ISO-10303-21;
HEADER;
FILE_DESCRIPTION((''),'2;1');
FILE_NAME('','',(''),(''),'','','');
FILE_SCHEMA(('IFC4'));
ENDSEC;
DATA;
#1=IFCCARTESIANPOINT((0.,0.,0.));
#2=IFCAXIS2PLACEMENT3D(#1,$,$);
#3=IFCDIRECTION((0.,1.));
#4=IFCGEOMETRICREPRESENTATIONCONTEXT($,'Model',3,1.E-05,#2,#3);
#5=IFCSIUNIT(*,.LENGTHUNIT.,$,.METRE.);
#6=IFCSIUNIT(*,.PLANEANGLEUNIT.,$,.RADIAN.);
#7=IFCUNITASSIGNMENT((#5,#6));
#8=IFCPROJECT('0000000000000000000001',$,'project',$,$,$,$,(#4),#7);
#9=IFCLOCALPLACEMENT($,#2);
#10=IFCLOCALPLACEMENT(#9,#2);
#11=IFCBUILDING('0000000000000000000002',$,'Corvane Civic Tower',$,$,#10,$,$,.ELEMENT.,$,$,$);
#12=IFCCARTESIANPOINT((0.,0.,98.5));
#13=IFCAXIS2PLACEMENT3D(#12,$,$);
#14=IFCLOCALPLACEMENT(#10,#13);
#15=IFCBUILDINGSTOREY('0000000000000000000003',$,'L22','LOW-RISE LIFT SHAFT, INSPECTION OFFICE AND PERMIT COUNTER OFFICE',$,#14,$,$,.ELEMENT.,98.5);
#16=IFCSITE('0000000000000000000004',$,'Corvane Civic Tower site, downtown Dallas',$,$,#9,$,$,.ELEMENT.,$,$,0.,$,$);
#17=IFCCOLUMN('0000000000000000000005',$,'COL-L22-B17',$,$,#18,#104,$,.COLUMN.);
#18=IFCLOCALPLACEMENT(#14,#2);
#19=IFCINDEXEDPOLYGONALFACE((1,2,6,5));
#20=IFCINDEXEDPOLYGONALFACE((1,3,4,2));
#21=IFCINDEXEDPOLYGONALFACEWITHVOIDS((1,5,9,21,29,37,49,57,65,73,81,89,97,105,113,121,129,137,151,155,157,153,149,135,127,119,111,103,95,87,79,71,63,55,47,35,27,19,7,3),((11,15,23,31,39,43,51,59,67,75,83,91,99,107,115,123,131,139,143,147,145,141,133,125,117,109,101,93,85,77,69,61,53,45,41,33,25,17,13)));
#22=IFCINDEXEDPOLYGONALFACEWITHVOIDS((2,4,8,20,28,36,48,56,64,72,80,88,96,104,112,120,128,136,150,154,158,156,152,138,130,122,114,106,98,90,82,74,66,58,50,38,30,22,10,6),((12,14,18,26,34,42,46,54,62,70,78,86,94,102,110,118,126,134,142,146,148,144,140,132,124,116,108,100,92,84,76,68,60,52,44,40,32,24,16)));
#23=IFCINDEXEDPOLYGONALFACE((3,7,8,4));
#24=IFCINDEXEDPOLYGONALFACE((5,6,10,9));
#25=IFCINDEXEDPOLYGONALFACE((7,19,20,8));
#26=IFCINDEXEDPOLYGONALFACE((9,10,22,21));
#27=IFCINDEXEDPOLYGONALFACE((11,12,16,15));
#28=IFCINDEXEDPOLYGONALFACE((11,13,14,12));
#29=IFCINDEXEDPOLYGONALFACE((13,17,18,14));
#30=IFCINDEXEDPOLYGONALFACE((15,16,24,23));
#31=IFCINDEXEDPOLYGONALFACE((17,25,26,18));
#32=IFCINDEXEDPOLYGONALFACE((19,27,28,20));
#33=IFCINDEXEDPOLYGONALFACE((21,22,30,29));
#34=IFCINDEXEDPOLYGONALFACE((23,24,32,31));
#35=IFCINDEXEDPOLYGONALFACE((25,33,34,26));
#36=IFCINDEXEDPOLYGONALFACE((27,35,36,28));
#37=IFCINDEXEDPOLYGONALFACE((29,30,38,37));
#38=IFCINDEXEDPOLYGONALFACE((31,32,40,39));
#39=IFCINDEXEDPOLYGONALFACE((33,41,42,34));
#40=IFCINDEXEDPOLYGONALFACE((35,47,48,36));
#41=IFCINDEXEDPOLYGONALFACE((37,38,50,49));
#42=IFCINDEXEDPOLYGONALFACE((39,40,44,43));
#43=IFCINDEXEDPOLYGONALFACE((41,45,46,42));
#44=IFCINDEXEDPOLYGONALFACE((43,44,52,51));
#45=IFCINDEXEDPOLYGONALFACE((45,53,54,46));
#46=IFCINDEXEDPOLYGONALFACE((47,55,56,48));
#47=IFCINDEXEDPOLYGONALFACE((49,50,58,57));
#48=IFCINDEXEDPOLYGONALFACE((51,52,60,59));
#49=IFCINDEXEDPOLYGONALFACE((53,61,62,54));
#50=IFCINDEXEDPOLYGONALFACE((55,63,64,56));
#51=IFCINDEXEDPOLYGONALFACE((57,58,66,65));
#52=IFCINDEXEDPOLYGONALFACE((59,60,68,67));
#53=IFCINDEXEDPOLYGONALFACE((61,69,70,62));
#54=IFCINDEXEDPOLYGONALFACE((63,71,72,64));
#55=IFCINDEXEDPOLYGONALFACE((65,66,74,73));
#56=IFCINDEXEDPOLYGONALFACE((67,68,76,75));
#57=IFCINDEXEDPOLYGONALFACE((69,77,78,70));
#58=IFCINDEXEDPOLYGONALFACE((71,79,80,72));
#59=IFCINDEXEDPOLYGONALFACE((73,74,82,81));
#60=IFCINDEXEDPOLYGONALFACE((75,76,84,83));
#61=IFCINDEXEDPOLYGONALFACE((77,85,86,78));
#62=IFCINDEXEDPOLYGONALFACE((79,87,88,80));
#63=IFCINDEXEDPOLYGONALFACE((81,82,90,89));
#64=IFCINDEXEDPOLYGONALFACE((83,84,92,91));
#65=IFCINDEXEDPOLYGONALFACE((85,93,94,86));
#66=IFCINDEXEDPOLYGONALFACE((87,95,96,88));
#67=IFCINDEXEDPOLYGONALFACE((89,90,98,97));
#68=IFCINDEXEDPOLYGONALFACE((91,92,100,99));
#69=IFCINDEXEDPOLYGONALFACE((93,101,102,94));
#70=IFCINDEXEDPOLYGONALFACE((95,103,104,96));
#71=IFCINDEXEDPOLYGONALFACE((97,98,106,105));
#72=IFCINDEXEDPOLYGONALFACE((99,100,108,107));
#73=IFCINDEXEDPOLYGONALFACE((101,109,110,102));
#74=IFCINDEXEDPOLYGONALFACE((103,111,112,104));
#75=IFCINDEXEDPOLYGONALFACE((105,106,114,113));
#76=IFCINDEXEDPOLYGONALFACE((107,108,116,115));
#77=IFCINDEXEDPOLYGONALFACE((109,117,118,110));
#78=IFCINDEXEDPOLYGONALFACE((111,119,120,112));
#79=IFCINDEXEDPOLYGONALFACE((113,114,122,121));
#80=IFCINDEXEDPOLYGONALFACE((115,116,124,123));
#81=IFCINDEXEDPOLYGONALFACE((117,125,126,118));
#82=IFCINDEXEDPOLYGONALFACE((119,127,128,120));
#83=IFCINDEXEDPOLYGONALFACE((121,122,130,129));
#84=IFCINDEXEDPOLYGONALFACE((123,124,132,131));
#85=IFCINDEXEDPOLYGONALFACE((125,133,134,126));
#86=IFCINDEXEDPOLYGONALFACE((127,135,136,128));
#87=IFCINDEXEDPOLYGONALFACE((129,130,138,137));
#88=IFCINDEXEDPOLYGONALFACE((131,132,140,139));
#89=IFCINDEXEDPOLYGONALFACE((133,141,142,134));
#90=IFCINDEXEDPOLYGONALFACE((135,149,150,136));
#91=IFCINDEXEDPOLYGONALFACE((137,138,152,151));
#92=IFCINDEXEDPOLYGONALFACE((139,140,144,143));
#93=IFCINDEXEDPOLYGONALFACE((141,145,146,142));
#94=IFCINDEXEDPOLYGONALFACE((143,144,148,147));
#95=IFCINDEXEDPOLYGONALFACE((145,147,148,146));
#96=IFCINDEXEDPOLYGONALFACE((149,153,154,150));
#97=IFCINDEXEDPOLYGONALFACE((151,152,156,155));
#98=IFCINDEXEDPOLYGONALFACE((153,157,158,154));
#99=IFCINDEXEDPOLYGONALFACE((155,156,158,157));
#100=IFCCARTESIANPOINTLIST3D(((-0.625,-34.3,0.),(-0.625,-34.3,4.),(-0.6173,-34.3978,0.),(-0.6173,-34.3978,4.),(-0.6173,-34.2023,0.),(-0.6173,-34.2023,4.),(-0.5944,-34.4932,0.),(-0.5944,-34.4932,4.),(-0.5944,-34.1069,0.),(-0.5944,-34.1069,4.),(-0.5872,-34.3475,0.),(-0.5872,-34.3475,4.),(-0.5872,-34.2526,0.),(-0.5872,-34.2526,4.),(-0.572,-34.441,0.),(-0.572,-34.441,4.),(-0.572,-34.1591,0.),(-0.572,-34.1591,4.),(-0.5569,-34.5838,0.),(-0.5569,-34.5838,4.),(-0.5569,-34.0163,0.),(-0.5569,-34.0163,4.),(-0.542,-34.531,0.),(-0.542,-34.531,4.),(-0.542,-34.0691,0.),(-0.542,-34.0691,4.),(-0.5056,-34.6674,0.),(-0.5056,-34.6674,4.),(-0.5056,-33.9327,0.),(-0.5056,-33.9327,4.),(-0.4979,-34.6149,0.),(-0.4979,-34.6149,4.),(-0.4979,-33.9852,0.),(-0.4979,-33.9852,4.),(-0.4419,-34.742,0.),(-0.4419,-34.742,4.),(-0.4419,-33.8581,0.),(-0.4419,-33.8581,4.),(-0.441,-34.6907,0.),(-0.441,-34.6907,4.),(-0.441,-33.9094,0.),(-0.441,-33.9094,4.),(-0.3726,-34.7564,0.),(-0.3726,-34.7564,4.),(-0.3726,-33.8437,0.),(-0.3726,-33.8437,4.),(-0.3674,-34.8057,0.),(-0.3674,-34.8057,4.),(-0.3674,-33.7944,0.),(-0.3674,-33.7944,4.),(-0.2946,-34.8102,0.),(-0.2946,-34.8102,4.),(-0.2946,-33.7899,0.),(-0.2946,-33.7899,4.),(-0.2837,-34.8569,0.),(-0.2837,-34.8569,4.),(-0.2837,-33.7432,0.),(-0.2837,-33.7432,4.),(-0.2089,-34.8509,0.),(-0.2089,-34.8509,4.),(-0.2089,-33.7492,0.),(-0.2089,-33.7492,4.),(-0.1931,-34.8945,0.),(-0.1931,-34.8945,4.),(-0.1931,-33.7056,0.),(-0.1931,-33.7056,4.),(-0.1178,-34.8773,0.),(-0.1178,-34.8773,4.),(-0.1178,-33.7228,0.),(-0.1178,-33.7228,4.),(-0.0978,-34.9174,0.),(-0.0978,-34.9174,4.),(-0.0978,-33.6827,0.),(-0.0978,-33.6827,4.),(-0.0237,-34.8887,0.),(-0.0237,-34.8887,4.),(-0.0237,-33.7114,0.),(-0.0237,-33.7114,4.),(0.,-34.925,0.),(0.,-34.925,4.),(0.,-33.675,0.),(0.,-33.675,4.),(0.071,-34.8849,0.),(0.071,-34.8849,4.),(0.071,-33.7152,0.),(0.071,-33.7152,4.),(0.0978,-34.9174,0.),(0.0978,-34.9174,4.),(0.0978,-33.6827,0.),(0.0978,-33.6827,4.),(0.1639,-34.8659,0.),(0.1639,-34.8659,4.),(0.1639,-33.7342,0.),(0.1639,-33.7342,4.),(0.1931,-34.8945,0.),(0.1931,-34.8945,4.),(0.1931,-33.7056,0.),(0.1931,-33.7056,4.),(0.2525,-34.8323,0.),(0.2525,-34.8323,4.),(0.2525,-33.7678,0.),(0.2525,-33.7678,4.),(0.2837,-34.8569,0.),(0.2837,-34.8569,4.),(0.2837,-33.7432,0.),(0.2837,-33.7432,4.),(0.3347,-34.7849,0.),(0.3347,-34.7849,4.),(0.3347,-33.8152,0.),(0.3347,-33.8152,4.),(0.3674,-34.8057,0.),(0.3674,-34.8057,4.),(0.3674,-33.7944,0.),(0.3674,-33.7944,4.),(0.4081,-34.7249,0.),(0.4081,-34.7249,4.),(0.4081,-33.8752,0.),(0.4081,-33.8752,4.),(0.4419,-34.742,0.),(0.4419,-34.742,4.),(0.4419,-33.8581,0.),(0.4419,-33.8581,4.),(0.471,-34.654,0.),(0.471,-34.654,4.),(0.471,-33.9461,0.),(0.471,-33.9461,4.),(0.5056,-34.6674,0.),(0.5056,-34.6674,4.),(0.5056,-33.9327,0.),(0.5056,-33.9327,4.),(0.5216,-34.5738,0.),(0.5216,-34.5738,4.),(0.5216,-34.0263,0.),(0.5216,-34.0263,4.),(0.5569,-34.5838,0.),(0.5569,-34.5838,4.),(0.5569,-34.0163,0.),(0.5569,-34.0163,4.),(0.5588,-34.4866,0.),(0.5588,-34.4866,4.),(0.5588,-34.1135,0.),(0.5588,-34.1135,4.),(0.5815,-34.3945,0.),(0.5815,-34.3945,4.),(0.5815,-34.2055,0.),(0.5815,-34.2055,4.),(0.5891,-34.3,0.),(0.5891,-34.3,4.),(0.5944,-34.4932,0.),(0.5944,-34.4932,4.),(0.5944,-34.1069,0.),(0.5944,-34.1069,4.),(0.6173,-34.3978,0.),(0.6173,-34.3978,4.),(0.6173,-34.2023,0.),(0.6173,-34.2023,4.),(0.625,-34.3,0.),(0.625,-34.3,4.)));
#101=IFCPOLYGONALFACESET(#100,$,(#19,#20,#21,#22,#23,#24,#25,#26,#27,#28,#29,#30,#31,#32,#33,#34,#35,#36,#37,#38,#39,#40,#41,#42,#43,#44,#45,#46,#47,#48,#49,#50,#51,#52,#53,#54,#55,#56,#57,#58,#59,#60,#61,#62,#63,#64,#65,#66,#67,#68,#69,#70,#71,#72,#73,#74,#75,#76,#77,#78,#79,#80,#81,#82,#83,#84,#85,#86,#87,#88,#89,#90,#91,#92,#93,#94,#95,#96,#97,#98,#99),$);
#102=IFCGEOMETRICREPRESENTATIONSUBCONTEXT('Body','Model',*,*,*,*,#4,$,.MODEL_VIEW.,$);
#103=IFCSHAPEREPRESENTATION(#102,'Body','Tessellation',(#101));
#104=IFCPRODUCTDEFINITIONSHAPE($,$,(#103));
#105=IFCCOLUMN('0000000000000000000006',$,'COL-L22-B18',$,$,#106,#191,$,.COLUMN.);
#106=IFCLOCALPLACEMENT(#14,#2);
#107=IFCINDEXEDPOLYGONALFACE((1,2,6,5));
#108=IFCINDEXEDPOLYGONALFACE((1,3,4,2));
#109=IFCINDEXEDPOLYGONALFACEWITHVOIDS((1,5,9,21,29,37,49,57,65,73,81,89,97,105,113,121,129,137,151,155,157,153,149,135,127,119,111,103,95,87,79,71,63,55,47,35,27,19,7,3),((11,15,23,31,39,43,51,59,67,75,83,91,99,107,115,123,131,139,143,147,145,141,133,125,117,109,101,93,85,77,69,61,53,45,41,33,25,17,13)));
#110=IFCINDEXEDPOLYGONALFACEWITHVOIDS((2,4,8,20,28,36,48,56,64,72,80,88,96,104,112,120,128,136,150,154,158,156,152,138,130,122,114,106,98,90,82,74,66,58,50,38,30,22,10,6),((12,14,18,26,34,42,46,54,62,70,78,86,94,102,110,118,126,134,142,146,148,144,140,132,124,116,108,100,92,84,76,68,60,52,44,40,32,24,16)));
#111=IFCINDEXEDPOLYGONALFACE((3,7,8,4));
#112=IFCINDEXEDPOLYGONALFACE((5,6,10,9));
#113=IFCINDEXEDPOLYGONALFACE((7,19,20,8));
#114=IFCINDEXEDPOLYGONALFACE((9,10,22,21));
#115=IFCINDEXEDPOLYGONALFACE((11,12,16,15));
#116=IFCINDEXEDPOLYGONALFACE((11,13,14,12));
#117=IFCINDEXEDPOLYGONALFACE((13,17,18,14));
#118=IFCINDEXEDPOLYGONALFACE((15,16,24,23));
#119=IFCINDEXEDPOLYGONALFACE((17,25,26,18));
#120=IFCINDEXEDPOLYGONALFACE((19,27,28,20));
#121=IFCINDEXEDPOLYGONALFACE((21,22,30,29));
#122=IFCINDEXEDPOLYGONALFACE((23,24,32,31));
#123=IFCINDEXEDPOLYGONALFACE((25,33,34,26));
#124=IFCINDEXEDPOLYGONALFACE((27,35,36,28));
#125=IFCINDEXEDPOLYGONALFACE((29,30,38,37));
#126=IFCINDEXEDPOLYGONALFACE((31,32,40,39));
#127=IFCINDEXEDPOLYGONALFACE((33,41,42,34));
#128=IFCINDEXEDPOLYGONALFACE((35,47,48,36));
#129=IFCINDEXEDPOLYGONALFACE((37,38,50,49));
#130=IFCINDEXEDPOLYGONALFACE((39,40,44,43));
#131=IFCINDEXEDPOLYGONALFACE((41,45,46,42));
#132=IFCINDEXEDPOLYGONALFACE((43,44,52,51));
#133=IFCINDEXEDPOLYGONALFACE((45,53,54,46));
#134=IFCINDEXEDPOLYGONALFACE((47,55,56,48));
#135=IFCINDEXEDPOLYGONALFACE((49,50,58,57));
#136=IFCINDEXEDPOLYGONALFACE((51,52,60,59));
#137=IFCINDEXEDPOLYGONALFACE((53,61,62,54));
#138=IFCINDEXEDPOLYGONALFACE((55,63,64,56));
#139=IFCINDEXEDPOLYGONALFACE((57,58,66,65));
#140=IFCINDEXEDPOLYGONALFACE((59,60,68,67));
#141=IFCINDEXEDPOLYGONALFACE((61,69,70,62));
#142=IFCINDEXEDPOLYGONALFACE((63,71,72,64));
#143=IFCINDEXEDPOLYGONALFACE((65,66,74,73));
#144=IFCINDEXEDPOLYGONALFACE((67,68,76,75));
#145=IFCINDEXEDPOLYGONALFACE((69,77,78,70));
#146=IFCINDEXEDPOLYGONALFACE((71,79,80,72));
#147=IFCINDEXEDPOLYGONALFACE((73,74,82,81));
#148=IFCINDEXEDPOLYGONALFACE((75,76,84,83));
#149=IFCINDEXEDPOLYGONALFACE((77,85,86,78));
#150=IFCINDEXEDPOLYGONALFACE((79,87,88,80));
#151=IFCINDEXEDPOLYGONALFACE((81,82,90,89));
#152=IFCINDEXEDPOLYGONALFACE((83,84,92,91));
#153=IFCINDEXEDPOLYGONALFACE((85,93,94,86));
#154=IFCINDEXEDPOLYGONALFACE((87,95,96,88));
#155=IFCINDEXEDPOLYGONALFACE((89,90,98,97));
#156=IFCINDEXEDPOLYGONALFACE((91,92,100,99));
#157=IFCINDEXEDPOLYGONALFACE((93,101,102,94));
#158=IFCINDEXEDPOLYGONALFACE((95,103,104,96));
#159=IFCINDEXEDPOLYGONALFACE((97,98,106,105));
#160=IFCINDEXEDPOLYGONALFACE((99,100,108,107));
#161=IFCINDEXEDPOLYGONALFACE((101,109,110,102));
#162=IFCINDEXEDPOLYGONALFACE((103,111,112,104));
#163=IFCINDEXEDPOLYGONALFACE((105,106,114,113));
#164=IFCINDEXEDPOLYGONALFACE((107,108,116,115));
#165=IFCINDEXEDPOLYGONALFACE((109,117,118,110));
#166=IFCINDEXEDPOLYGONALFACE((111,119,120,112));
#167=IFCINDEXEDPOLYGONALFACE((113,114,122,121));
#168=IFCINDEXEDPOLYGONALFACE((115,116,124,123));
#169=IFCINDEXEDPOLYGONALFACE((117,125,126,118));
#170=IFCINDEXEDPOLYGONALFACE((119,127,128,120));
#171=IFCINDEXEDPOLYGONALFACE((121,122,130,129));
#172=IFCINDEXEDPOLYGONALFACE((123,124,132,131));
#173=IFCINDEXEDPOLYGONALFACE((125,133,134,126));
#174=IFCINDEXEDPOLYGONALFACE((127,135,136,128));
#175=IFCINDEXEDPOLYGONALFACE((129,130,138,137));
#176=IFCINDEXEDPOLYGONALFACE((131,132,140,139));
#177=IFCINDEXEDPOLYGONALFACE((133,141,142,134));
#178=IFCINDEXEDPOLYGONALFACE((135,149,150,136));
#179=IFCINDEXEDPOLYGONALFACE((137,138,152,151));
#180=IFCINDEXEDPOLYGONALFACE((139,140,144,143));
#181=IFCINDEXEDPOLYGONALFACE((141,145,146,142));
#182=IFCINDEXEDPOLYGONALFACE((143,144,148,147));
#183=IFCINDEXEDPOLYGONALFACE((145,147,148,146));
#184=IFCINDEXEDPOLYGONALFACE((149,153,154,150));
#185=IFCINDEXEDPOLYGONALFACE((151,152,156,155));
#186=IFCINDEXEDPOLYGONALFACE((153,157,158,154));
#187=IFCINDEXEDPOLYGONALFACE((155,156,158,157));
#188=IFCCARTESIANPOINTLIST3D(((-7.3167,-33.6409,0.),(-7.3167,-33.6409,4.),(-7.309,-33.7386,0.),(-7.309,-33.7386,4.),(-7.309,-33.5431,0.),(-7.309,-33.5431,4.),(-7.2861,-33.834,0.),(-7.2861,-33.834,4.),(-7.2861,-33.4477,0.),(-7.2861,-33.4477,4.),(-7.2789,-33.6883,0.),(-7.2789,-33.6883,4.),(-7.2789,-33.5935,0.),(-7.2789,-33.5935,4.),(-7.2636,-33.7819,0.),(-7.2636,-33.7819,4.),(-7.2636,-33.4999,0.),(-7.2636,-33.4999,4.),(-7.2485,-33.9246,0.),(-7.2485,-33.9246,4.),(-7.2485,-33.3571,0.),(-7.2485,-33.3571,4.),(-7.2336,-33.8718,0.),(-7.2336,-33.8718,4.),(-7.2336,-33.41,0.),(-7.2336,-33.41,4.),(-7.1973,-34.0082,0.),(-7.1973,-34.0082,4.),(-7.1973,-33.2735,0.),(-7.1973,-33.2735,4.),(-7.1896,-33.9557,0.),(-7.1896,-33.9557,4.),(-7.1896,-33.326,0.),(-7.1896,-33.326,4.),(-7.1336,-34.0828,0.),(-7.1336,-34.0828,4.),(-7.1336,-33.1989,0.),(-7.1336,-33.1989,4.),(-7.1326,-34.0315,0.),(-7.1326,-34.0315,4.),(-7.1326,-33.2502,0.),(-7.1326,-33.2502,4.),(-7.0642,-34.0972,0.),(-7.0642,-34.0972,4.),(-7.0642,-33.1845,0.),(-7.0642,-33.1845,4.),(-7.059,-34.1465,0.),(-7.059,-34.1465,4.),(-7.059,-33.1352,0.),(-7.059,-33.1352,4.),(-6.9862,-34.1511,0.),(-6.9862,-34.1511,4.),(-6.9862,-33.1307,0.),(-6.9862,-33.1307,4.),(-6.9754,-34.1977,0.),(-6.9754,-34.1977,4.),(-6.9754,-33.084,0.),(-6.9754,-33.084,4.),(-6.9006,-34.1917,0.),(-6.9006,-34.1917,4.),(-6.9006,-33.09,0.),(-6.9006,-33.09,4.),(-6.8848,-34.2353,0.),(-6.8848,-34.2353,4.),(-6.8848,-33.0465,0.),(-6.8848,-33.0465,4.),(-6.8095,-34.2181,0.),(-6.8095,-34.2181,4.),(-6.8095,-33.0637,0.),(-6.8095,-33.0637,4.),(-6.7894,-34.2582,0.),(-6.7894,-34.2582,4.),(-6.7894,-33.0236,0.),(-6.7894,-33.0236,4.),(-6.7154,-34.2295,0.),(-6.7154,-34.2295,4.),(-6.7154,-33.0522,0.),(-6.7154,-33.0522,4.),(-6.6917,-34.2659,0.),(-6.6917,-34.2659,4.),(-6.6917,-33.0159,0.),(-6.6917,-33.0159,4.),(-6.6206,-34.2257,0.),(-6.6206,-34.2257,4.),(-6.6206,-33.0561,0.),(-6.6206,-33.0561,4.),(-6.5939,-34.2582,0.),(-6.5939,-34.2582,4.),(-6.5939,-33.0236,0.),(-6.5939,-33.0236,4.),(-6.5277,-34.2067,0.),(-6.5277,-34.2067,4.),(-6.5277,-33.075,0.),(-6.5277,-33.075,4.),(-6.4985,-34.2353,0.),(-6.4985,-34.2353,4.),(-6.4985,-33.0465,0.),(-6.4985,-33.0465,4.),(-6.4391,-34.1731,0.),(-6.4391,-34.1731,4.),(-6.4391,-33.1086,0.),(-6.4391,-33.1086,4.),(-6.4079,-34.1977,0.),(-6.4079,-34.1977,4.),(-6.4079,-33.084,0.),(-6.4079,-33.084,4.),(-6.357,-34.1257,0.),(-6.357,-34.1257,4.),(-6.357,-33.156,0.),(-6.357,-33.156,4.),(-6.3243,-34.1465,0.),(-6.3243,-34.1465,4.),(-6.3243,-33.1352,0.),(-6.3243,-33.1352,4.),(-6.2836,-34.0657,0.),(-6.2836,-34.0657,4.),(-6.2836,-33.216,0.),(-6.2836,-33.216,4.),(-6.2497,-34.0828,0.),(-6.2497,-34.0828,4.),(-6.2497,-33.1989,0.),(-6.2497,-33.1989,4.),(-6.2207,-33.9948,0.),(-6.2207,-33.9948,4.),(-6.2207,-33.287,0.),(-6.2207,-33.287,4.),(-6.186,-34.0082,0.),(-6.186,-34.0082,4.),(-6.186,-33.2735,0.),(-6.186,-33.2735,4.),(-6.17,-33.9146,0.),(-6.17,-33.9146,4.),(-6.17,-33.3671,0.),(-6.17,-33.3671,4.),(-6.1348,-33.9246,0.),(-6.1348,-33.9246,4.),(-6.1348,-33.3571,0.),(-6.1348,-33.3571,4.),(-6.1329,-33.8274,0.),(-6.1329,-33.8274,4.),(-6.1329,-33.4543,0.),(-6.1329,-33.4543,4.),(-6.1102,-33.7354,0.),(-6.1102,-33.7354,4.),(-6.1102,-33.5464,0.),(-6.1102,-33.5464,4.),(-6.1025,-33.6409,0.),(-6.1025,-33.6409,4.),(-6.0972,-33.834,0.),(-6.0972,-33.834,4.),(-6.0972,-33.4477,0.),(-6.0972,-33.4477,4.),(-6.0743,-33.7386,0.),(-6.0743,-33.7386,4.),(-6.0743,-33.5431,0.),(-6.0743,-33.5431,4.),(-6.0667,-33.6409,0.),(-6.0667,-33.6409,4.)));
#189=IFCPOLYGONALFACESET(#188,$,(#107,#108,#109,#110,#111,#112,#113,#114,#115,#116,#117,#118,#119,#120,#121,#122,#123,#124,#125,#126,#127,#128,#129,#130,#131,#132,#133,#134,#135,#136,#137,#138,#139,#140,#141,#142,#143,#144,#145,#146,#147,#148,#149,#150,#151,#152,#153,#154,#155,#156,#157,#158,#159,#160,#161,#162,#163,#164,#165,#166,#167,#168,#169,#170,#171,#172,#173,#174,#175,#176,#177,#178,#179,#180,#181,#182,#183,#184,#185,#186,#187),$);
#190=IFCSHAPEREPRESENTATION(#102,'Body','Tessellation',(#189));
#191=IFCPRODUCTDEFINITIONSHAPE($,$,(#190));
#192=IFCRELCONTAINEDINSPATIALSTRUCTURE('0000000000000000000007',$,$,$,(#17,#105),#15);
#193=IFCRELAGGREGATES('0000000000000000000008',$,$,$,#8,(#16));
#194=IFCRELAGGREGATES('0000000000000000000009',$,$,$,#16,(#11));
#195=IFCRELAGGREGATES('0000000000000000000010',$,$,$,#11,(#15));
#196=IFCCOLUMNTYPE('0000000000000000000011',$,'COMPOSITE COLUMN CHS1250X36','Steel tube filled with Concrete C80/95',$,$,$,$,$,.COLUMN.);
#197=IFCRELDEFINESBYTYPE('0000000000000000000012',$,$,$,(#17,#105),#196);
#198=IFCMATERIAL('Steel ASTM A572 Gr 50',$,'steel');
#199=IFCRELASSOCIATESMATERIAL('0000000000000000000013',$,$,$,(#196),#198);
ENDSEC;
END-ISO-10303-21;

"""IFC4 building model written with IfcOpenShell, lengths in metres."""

from ifc_helpers import new_model, si_unit, direction, frame, origin, origin_2d, place, context, subcontext, project, spatial, hollow_circle, extrude, material, material_profile, profile_set, type_object, element, save


model = new_model("IFC4")

# Units and contexts
model_context = context("Model", 3, precision=1e-05, world=origin(), true_north=direction((0.0, 1.0)))
body_context = subcontext(model_context, "Body", "Model", "MODEL_VIEW")
ifc_project = project(units=[si_unit("LENGTHUNIT", "METRE"), si_unit("PLANEANGLEUNIT", "RADIAN")], contexts=[model_context])

# Site, building, storey
site_placement = place(None, origin())
site = spatial("IfcSite", under=ifc_project, at=site_placement, Name="Corvane Civic Tower site, downtown Dallas", CompositionType="ELEMENT", RefElevation=0.0)
building_placement = place(site_placement, origin())
building = spatial("IfcBuilding", under=site, at=building_placement, Name="Corvane Civic Tower", CompositionType="ELEMENT")
storey_placement = place(building_placement, frame((0.0, 0.0, 98.5)))
storey = spatial("IfcBuildingStorey", under=building, at=storey_placement, Name="L22", Description="LOW-RISE LIFT SHAFT, INSPECTION OFFICE AND PERMIT COUNTER OFFICE", CompositionType="ELEMENT", Elevation=98.5)

# Columns
ifc_material_1 = material(Name="Steel ASTM A572 Gr 50", Category="steel")
ifc_material_profile_1 = material_profile(ifc_material_1, hollow_circle(Radius=0.625, WallThickness=0.0359, at=origin_2d()), Name="CHS1250X36")
ifc_profile_set_1 = profile_set([ifc_material_profile_1], Name="Steel ASTM A572 Gr 50")
column_type = type_object("IfcColumnType", Name="COMPOSITE COLUMN CHS1250X36", Description="Steel tube filled with Concrete C80/95", PredefinedType="COLUMN", material=ifc_profile_set_1)
for number, where, z_axis, x_axis, name in (
    (1, (0.0, -34.3, 0.0), (0.0, 0.0, 1.0), (1.0, 0.0, 0.0), "COL-L22-B17"),
    (2, (-6.6917, -33.6409, 0.0), (0.0, 0.0, 1.0), (1.0, 0.0, 0.0), "COL-L22-B18"),
):
    element("IfcColumn", number, at=place(storey_placement, frame(where, z_axis=z_axis, x_axis=x_axis)), inside=storey, type_object=column_type, Name=name, PredefinedType="COLUMN", context=body_context, shape_type="SweptSolid", body=[
        extrude(hollow_circle(Radius=0.625, WallThickness=0.0359, at=origin_2d()), origin(), (0.0, 0.0, 1.0), 4.0),
    ])

save(model, "model.ifc")
